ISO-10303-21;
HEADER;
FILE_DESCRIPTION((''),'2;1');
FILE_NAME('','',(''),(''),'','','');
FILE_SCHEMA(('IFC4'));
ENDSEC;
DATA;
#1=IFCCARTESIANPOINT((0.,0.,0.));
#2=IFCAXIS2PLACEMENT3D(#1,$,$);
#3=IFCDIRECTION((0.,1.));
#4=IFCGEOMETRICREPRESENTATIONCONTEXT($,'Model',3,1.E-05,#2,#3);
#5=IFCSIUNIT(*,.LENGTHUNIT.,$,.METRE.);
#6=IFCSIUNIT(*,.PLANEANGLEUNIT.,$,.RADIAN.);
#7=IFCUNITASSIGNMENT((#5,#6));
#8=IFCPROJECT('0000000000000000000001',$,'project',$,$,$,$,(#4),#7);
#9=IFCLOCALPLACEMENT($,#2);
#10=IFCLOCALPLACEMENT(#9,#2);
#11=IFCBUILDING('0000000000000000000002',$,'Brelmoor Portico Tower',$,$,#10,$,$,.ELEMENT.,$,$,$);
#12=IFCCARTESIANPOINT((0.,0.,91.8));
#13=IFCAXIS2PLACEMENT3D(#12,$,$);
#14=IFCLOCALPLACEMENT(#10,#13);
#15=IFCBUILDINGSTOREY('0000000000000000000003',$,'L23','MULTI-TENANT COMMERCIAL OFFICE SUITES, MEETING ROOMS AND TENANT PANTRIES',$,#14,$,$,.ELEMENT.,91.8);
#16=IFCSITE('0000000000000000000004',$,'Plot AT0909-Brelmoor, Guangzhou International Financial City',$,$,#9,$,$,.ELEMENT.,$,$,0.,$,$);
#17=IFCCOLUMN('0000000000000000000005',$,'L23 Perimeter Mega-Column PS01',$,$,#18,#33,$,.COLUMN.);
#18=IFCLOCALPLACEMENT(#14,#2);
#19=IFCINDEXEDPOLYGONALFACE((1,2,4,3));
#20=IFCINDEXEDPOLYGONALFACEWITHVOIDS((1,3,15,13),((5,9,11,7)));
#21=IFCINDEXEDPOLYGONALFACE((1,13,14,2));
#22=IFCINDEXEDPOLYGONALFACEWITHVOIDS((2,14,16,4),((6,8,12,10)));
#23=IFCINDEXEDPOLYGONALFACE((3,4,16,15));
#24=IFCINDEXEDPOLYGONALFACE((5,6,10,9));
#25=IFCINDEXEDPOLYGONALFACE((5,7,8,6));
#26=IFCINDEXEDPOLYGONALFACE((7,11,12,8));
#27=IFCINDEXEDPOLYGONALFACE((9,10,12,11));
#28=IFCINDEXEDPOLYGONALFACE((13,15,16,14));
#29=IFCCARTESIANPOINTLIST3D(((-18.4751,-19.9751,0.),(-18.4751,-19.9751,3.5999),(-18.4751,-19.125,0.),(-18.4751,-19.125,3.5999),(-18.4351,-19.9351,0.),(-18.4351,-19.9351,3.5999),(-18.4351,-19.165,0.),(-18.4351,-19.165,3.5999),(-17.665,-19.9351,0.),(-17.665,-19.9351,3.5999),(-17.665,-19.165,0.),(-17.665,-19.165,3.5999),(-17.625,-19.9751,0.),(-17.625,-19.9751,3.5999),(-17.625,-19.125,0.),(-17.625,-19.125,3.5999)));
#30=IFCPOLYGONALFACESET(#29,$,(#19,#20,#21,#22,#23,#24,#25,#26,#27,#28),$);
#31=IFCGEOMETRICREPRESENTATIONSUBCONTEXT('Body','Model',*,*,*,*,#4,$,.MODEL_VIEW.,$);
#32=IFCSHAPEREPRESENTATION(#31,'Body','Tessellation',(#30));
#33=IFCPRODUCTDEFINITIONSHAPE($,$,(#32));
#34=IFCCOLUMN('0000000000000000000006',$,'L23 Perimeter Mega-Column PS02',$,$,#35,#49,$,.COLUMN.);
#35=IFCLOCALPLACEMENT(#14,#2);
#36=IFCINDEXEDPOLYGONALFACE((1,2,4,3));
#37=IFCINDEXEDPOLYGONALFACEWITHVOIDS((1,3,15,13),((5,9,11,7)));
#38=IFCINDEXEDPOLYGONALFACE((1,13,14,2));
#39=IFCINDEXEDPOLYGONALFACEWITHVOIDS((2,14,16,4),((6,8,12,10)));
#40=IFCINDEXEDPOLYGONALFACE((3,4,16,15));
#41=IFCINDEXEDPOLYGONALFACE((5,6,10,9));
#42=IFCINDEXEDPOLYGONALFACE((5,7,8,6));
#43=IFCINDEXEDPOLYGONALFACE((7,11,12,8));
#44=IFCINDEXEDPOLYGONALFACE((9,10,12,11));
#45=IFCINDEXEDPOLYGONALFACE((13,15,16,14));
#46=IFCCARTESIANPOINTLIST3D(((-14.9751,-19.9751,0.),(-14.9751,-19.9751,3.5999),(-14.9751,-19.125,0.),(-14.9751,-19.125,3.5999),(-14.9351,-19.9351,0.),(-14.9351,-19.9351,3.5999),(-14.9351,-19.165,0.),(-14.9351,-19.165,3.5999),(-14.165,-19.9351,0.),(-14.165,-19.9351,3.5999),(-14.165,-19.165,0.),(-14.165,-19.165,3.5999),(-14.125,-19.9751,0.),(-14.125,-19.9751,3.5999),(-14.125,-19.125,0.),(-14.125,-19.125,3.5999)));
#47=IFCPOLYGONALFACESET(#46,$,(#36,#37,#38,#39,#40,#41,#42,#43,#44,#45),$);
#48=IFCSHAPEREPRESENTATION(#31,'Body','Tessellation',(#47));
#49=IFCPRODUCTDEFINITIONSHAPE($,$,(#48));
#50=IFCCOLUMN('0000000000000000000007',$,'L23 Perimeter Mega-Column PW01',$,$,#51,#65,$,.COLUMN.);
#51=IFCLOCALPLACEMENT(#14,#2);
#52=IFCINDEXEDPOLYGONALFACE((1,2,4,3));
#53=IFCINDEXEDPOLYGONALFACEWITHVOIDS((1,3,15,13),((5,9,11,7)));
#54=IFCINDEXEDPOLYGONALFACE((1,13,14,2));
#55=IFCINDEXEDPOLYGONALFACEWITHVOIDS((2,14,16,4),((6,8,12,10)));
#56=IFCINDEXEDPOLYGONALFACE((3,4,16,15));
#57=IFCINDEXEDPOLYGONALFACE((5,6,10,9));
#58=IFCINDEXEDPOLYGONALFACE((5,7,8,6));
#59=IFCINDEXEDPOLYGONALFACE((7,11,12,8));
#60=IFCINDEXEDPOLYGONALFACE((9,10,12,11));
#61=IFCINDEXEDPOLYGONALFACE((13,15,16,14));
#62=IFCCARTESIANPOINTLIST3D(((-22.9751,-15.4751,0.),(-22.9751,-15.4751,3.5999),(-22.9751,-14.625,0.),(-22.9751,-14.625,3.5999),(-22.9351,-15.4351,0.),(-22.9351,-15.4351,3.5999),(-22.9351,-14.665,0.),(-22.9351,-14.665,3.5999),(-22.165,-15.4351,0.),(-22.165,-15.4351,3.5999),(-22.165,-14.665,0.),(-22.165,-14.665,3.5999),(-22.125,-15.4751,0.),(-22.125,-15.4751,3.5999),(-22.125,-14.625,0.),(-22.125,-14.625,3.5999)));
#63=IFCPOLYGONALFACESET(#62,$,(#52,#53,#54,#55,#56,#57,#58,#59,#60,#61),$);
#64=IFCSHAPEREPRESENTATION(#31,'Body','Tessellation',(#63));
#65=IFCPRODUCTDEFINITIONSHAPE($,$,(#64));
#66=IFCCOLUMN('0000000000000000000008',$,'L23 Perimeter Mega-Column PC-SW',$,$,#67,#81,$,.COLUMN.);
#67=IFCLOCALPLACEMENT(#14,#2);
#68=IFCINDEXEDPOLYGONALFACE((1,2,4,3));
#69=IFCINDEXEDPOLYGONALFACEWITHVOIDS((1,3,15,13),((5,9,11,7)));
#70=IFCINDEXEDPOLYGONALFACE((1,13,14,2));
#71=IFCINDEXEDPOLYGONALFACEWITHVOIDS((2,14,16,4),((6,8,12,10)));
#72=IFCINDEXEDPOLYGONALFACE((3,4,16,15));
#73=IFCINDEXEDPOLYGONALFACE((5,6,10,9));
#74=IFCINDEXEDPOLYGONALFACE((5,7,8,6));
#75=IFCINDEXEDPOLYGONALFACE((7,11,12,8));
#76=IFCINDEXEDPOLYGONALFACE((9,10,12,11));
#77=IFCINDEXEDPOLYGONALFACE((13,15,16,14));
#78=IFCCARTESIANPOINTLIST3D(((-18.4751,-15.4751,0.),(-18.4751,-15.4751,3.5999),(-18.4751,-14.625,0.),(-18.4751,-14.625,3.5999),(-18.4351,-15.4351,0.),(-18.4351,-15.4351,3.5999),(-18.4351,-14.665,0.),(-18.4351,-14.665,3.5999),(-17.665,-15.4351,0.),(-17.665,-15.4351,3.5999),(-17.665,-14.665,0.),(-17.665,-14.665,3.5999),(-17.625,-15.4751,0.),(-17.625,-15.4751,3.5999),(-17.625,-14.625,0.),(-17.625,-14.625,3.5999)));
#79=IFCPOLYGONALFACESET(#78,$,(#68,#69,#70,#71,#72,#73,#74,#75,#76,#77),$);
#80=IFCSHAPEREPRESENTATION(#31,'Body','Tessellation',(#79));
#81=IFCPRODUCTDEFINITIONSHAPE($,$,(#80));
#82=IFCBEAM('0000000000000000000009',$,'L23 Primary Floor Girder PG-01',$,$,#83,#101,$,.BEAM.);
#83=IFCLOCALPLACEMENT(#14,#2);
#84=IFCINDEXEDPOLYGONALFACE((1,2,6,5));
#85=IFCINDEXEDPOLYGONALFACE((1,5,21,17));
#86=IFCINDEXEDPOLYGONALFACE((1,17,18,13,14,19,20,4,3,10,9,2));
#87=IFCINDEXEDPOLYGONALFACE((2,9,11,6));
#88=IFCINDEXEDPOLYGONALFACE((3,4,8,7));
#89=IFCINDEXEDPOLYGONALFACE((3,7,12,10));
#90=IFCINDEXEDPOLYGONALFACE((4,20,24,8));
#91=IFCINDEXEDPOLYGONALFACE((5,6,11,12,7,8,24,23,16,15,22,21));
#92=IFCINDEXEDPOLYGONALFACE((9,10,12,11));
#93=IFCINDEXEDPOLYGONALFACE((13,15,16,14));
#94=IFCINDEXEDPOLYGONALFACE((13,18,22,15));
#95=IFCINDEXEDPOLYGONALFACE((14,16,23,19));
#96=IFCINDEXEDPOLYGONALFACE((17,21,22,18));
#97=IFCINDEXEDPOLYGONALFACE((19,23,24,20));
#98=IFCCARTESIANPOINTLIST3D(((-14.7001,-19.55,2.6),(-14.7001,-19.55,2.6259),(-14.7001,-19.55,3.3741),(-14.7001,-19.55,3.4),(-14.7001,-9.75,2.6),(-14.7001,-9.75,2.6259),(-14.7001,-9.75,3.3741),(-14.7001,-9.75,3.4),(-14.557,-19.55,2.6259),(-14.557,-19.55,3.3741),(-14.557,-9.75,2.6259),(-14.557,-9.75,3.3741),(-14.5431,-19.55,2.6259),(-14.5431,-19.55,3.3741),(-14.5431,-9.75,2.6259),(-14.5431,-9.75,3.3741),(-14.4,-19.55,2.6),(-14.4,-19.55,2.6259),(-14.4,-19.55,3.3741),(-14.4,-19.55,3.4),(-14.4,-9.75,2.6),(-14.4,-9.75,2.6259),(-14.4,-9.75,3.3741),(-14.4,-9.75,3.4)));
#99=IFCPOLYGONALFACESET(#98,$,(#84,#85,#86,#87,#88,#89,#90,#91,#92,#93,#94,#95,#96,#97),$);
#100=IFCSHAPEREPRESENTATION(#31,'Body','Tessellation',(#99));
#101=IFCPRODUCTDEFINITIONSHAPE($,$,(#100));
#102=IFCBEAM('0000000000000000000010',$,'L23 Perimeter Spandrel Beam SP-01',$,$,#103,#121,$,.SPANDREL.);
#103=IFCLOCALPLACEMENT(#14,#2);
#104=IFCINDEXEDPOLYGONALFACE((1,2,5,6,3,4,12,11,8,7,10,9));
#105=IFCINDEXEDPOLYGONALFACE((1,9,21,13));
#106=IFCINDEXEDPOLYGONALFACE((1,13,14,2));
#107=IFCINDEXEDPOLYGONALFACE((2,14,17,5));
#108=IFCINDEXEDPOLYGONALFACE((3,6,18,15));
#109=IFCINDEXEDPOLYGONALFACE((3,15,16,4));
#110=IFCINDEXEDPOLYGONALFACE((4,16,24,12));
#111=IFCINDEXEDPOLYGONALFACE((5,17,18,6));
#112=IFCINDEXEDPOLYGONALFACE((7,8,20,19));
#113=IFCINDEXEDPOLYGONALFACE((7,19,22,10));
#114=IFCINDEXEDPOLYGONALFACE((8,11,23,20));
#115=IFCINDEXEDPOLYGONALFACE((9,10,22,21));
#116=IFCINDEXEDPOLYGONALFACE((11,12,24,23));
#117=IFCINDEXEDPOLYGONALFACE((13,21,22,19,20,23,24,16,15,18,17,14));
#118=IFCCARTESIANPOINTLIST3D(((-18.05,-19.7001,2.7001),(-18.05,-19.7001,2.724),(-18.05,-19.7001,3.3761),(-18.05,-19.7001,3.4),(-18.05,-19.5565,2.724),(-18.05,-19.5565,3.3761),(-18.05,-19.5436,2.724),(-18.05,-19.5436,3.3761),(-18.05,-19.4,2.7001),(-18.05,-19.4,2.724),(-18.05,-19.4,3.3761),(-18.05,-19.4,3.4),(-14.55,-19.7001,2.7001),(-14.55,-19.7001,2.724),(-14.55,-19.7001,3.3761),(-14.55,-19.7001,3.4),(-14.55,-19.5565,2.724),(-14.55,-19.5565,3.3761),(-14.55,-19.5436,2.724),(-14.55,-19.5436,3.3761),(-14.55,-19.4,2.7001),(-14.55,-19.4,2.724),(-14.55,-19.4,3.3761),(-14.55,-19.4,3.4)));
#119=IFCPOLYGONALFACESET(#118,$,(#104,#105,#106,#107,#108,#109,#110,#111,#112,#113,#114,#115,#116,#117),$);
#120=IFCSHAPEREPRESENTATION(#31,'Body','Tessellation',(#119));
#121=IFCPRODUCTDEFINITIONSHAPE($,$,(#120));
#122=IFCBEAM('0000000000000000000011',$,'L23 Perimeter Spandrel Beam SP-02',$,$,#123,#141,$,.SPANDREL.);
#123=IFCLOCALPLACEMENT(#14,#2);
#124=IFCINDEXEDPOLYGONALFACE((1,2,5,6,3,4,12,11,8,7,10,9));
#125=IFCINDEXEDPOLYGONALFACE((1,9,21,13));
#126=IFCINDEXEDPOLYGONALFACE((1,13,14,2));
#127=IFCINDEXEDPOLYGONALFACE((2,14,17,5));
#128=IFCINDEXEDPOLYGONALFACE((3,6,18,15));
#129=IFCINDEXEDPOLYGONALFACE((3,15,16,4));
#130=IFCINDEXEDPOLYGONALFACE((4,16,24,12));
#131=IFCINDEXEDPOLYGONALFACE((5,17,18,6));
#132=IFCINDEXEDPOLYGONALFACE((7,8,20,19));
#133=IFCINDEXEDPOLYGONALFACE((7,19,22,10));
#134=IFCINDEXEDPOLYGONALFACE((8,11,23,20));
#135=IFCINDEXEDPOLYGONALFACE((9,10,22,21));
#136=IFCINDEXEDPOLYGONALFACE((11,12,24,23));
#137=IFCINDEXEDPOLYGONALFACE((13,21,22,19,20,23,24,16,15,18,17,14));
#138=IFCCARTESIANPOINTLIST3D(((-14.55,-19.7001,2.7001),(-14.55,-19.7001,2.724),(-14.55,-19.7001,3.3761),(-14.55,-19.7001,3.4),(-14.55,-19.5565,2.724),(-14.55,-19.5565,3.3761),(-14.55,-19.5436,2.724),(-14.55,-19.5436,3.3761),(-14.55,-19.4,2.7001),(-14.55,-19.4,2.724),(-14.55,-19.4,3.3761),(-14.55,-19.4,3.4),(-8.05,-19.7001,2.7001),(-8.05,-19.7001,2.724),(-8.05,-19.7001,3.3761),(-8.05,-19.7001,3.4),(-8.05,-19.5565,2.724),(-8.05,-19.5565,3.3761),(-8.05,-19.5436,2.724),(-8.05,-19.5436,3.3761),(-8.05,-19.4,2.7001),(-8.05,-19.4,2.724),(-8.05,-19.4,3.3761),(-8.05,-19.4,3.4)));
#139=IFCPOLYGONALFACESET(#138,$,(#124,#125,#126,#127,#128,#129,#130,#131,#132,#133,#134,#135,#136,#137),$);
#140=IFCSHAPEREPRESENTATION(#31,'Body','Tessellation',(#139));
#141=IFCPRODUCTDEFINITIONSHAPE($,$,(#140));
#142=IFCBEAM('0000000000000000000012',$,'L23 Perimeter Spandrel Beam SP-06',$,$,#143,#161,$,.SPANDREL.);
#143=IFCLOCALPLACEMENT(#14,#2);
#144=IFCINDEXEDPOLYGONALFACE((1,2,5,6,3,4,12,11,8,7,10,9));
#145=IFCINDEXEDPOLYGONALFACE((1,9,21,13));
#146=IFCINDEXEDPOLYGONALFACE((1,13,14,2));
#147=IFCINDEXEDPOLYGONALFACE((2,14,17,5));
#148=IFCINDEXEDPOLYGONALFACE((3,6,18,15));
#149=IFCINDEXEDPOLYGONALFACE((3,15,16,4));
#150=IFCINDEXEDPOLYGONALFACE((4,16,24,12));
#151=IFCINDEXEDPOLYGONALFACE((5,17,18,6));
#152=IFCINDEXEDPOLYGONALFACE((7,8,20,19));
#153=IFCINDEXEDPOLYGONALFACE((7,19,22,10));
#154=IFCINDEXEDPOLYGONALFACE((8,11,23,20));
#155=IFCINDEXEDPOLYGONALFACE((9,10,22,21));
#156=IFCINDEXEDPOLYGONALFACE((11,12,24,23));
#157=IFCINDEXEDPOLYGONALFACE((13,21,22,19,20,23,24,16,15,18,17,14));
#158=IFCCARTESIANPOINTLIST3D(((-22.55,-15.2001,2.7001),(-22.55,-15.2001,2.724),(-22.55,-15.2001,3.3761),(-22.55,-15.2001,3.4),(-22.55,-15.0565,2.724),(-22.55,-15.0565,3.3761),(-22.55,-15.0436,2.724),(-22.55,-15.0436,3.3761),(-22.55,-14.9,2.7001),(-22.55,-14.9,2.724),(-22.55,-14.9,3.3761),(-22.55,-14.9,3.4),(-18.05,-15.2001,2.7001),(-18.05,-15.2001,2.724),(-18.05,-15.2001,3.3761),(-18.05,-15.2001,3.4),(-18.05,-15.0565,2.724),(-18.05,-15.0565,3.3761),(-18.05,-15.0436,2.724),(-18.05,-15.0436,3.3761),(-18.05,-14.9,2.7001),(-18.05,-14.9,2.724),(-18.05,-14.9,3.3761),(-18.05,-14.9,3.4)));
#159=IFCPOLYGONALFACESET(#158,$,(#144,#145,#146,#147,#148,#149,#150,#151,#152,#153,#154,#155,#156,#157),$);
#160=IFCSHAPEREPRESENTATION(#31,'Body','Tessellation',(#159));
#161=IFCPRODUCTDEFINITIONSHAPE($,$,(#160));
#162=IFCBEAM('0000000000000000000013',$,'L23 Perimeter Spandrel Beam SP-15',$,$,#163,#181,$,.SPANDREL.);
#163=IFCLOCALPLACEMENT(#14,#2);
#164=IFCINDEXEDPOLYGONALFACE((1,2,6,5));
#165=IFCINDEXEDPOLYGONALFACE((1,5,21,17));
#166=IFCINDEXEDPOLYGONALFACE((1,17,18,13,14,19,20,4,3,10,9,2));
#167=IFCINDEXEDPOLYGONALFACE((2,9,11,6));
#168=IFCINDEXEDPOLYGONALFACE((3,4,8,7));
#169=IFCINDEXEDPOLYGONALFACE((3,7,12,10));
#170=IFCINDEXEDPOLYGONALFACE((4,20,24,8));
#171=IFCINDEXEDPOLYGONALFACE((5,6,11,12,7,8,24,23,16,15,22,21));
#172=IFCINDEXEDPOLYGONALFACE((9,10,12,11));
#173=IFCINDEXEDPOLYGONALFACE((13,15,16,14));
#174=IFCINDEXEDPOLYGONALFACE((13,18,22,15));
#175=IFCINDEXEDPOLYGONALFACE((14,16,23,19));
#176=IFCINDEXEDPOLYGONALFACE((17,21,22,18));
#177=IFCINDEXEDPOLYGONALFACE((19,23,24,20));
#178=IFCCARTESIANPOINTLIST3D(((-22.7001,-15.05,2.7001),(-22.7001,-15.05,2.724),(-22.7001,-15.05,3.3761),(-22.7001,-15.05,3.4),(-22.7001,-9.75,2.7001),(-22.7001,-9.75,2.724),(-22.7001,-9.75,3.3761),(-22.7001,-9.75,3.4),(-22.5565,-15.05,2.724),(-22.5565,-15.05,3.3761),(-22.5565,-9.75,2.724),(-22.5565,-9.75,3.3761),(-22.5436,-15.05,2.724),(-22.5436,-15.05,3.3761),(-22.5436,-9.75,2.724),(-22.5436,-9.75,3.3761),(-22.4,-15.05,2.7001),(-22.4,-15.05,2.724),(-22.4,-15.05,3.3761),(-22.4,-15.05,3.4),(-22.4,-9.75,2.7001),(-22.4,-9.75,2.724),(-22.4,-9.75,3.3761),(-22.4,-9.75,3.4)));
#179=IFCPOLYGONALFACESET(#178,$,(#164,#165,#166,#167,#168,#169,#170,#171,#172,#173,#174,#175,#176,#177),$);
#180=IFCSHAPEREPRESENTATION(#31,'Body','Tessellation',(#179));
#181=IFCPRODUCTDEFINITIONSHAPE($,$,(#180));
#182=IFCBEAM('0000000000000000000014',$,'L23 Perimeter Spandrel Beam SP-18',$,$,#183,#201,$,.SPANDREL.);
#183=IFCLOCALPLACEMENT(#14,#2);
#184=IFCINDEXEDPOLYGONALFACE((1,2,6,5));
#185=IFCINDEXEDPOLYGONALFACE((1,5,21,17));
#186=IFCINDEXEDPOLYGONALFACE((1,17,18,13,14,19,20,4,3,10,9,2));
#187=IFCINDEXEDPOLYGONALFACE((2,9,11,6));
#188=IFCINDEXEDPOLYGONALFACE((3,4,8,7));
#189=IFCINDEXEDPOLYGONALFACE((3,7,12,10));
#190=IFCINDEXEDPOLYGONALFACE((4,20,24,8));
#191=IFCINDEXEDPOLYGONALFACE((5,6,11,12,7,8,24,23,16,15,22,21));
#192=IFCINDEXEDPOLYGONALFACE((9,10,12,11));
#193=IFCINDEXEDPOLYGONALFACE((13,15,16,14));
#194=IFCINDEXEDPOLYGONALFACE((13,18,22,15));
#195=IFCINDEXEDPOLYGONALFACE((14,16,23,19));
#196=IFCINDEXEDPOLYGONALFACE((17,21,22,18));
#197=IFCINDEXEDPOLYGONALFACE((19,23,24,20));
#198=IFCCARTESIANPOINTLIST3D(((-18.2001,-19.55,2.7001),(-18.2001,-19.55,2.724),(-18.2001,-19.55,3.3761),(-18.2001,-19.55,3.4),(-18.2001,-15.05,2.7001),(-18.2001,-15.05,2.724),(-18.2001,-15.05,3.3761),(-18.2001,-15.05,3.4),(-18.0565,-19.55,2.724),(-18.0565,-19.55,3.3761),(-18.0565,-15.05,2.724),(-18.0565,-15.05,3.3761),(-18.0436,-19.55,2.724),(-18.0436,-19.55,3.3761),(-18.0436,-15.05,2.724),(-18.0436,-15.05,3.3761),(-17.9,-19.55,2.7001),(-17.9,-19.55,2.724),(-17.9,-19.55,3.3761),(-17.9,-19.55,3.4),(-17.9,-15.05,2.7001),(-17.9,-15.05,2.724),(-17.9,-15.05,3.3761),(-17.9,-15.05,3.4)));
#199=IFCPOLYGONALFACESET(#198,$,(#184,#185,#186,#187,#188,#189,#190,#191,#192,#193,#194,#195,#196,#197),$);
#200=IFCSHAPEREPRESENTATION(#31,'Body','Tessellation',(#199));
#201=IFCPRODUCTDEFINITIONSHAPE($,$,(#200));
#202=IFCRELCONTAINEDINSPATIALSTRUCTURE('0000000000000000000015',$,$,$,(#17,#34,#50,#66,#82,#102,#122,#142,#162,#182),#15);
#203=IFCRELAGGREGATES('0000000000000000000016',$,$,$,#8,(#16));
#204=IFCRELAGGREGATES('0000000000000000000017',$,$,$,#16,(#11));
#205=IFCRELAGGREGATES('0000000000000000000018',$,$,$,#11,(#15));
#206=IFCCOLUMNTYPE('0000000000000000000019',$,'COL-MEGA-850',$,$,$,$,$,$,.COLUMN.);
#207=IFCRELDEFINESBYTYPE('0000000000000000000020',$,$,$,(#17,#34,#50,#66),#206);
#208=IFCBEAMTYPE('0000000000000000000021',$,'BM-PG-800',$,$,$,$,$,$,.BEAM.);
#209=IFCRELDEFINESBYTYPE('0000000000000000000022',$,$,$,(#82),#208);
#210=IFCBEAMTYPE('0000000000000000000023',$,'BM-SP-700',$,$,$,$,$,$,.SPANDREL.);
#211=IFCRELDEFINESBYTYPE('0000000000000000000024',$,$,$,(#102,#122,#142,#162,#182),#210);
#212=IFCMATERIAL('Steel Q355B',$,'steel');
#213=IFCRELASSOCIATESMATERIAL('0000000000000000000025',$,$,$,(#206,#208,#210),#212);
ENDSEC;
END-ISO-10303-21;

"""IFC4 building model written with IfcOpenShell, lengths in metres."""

from ifc_helpers import new_model, si_unit, direction, frame, origin, origin_2d, place, context, subcontext, project, spatial, hollow_rectangle, i_section, extrude, material, material_profile, profile_set, type_object, element, save


model = new_model("IFC4")

# Units and contexts
model_context = context("Model", 3, precision=1e-05, world=origin(), true_north=direction((0.0, 1.0)))
body_context = subcontext(model_context, "Body", "Model", "MODEL_VIEW")
ifc_project = project(units=[si_unit("LENGTHUNIT", "METRE"), si_unit("PLANEANGLEUNIT", "RADIAN")], contexts=[model_context])

# Site, building, storey
site_placement = place(None, origin())
site = spatial("IfcSite", under=ifc_project, at=site_placement, Name="Plot AT0909-Brelmoor, Guangzhou International Financial City", CompositionType="ELEMENT", RefElevation=0.0)
building_placement = place(site_placement, origin())
building = spatial("IfcBuilding", under=site, at=building_placement, Name="Brelmoor Portico Tower", CompositionType="ELEMENT")
storey_placement = place(building_placement, frame((0.0, 0.0, 91.8)))
storey = spatial("IfcBuildingStorey", under=building, at=storey_placement, Name="L23", Description="MULTI-TENANT COMMERCIAL OFFICE SUITES, MEETING ROOMS AND TENANT PANTRIES", CompositionType="ELEMENT", Elevation=91.8)

# Columns
ifc_material_1 = material(Name="Steel Q355B", Category="steel")
ifc_material_profile_1 = material_profile(ifc_material_1, hollow_rectangle(XDim=0.8501, YDim=0.8501, WallThickness=0.04, at=origin_2d()), Name="BOX 850x850x40")
ifc_profile_set_1 = profile_set([ifc_material_profile_1], Name="Steel Q355B")
column_type = type_object("IfcColumnType", Name="COL-MEGA-850", PredefinedType="COLUMN", material=ifc_profile_set_1)
for number, where, z_axis, x_axis, name in (
    (1, (-18.05, -19.55, 0.0), (0.0, 0.0, 1.0), (1.0, 0.0, 0.0), "L23 Perimeter Mega-Column PS01"),
    (2, (-14.55, -19.55, 0.0), (0.0, 0.0, 1.0), (1.0, 0.0, 0.0), "L23 Perimeter Mega-Column PS02"),
    (3, (-22.55, -15.05, 0.0), (0.0, 0.0, 1.0), (0.0, 1.0, 0.0), "L23 Perimeter Mega-Column PW01"),
    (4, (-18.05, -15.05, 0.0), (0.0, 0.0, 1.0), (1.0, 0.0, 0.0), "L23 Perimeter Mega-Column PC-SW"),
):
    element("IfcColumn", number, at=place(storey_placement, frame(where, z_axis=z_axis, x_axis=x_axis)), inside=storey, type_object=column_type, Name=name, PredefinedType="COLUMN", context=body_context, shape_type="SweptSolid", body=[
        extrude(hollow_rectangle(XDim=0.8501, YDim=0.8501, WallThickness=0.04, at=origin_2d()), origin(), (0.0, 0.0, 1.0), 3.5999),
    ])

# Beams
ifc_material_profile_2 = material_profile(ifc_material_1, i_section(OverallWidth=0.3, OverallDepth=0.8, WebThickness=0.0139, FlangeThickness=0.0259, at=origin_2d()), Name="HN 800x300x14x26")
ifc_profile_set_2 = profile_set([ifc_material_profile_2], Name="Steel Q355B")
beam_type_1 = type_object("IfcBeamType", Name="BM-PG-800", PredefinedType="BEAM", material=ifc_profile_set_2)
beam_1_placement = place(storey_placement, frame((-14.55, -19.55, 3.0), z_axis=(0.0, 1.0, 0.0), x_axis=(-1.0, 0.0, 0.0)))
element("IfcBeam", 5, at=beam_1_placement, inside=storey, type_object=beam_type_1, Name="L23 Primary Floor Girder PG-01", PredefinedType="BEAM", context=body_context, shape_type="SweptSolid", body=[
    extrude(i_section(OverallWidth=0.3, OverallDepth=0.8, WebThickness=0.0139, FlangeThickness=0.0259, at=origin_2d()), origin(), (0.0, 0.0, 1.0), 9.8),
])
ifc_material_profile_3 = material_profile(ifc_material_1, i_section(OverallWidth=0.3, OverallDepth=0.7, WebThickness=0.0129, FlangeThickness=0.0239, at=origin_2d()), Name="HN 700x300x13x24")
ifc_profile_set_3 = profile_set([ifc_material_profile_3], Name="Steel Q355B")
beam_type_2 = type_object("IfcBeamType", Name="BM-SP-700", PredefinedType="SPANDREL", material=ifc_profile_set_3)
beam_2_placement = place(storey_placement, frame((-18.05, -19.55, 3.05), z_axis=(1.0, 0.0, 0.0), x_axis=(0.0, 1.0, 0.0)))
element("IfcBeam", 6, at=beam_2_placement, inside=storey, type_object=beam_type_2, Name="L23 Perimeter Spandrel Beam SP-01", PredefinedType="SPANDREL", context=body_context, shape_type="SweptSolid", body=[
    extrude(i_section(OverallWidth=0.3, OverallDepth=0.7, WebThickness=0.0129, FlangeThickness=0.0239, at=origin_2d()), origin(), (0.0, 0.0, 1.0), 3.5),
])
beam_3_placement = place(storey_placement, frame((-14.55, -19.55, 3.05), z_axis=(1.0, 0.0, 0.0), x_axis=(0.0, 1.0, 0.0)))
element("IfcBeam", 7, at=beam_3_placement, inside=storey, type_object=beam_type_2, Name="L23 Perimeter Spandrel Beam SP-02", PredefinedType="SPANDREL", context=body_context, shape_type="SweptSolid", body=[
    extrude(i_section(OverallWidth=0.3, OverallDepth=0.7, WebThickness=0.0129, FlangeThickness=0.0239, at=origin_2d()), origin(), (0.0, 0.0, 1.0), 6.5),
])
beam_4_placement = place(storey_placement, frame((-22.55, -15.05, 3.05), z_axis=(1.0, 0.0, 0.0), x_axis=(0.0, 1.0, 0.0)))
element("IfcBeam", 8, at=beam_4_placement, inside=storey, type_object=beam_type_2, Name="L23 Perimeter Spandrel Beam SP-06", PredefinedType="SPANDREL", context=body_context, shape_type="SweptSolid", body=[
    extrude(i_section(OverallWidth=0.3, OverallDepth=0.7, WebThickness=0.0129, FlangeThickness=0.0239, at=origin_2d()), origin(), (0.0, 0.0, 1.0), 4.5),
])
beam_5_placement = place(storey_placement, frame((-22.55, -15.05, 3.05), z_axis=(0.0, 1.0, 0.0), x_axis=(-1.0, 0.0, 0.0)))
element("IfcBeam", 9, at=beam_5_placement, inside=storey, type_object=beam_type_2, Name="L23 Perimeter Spandrel Beam SP-15", PredefinedType="SPANDREL", context=body_context, shape_type="SweptSolid", body=[
    extrude(i_section(OverallWidth=0.3, OverallDepth=0.7, WebThickness=0.0129, FlangeThickness=0.0239, at=origin_2d()), origin(), (0.0, 0.0, 1.0), 5.3),
])
beam_6_placement = place(storey_placement, frame((-18.05, -19.55, 3.05), z_axis=(0.0, 1.0, 0.0), x_axis=(-1.0, 0.0, 0.0)))
element("IfcBeam", 10, at=beam_6_placement, inside=storey, type_object=beam_type_2, Name="L23 Perimeter Spandrel Beam SP-18", PredefinedType="SPANDREL", context=body_context, shape_type="SweptSolid", body=[
    extrude(i_section(OverallWidth=0.3, OverallDepth=0.7, WebThickness=0.0129, FlangeThickness=0.0239, at=origin_2d()), origin(), (0.0, 0.0, 1.0), 4.5),
])

save(model, "model.ifc")
